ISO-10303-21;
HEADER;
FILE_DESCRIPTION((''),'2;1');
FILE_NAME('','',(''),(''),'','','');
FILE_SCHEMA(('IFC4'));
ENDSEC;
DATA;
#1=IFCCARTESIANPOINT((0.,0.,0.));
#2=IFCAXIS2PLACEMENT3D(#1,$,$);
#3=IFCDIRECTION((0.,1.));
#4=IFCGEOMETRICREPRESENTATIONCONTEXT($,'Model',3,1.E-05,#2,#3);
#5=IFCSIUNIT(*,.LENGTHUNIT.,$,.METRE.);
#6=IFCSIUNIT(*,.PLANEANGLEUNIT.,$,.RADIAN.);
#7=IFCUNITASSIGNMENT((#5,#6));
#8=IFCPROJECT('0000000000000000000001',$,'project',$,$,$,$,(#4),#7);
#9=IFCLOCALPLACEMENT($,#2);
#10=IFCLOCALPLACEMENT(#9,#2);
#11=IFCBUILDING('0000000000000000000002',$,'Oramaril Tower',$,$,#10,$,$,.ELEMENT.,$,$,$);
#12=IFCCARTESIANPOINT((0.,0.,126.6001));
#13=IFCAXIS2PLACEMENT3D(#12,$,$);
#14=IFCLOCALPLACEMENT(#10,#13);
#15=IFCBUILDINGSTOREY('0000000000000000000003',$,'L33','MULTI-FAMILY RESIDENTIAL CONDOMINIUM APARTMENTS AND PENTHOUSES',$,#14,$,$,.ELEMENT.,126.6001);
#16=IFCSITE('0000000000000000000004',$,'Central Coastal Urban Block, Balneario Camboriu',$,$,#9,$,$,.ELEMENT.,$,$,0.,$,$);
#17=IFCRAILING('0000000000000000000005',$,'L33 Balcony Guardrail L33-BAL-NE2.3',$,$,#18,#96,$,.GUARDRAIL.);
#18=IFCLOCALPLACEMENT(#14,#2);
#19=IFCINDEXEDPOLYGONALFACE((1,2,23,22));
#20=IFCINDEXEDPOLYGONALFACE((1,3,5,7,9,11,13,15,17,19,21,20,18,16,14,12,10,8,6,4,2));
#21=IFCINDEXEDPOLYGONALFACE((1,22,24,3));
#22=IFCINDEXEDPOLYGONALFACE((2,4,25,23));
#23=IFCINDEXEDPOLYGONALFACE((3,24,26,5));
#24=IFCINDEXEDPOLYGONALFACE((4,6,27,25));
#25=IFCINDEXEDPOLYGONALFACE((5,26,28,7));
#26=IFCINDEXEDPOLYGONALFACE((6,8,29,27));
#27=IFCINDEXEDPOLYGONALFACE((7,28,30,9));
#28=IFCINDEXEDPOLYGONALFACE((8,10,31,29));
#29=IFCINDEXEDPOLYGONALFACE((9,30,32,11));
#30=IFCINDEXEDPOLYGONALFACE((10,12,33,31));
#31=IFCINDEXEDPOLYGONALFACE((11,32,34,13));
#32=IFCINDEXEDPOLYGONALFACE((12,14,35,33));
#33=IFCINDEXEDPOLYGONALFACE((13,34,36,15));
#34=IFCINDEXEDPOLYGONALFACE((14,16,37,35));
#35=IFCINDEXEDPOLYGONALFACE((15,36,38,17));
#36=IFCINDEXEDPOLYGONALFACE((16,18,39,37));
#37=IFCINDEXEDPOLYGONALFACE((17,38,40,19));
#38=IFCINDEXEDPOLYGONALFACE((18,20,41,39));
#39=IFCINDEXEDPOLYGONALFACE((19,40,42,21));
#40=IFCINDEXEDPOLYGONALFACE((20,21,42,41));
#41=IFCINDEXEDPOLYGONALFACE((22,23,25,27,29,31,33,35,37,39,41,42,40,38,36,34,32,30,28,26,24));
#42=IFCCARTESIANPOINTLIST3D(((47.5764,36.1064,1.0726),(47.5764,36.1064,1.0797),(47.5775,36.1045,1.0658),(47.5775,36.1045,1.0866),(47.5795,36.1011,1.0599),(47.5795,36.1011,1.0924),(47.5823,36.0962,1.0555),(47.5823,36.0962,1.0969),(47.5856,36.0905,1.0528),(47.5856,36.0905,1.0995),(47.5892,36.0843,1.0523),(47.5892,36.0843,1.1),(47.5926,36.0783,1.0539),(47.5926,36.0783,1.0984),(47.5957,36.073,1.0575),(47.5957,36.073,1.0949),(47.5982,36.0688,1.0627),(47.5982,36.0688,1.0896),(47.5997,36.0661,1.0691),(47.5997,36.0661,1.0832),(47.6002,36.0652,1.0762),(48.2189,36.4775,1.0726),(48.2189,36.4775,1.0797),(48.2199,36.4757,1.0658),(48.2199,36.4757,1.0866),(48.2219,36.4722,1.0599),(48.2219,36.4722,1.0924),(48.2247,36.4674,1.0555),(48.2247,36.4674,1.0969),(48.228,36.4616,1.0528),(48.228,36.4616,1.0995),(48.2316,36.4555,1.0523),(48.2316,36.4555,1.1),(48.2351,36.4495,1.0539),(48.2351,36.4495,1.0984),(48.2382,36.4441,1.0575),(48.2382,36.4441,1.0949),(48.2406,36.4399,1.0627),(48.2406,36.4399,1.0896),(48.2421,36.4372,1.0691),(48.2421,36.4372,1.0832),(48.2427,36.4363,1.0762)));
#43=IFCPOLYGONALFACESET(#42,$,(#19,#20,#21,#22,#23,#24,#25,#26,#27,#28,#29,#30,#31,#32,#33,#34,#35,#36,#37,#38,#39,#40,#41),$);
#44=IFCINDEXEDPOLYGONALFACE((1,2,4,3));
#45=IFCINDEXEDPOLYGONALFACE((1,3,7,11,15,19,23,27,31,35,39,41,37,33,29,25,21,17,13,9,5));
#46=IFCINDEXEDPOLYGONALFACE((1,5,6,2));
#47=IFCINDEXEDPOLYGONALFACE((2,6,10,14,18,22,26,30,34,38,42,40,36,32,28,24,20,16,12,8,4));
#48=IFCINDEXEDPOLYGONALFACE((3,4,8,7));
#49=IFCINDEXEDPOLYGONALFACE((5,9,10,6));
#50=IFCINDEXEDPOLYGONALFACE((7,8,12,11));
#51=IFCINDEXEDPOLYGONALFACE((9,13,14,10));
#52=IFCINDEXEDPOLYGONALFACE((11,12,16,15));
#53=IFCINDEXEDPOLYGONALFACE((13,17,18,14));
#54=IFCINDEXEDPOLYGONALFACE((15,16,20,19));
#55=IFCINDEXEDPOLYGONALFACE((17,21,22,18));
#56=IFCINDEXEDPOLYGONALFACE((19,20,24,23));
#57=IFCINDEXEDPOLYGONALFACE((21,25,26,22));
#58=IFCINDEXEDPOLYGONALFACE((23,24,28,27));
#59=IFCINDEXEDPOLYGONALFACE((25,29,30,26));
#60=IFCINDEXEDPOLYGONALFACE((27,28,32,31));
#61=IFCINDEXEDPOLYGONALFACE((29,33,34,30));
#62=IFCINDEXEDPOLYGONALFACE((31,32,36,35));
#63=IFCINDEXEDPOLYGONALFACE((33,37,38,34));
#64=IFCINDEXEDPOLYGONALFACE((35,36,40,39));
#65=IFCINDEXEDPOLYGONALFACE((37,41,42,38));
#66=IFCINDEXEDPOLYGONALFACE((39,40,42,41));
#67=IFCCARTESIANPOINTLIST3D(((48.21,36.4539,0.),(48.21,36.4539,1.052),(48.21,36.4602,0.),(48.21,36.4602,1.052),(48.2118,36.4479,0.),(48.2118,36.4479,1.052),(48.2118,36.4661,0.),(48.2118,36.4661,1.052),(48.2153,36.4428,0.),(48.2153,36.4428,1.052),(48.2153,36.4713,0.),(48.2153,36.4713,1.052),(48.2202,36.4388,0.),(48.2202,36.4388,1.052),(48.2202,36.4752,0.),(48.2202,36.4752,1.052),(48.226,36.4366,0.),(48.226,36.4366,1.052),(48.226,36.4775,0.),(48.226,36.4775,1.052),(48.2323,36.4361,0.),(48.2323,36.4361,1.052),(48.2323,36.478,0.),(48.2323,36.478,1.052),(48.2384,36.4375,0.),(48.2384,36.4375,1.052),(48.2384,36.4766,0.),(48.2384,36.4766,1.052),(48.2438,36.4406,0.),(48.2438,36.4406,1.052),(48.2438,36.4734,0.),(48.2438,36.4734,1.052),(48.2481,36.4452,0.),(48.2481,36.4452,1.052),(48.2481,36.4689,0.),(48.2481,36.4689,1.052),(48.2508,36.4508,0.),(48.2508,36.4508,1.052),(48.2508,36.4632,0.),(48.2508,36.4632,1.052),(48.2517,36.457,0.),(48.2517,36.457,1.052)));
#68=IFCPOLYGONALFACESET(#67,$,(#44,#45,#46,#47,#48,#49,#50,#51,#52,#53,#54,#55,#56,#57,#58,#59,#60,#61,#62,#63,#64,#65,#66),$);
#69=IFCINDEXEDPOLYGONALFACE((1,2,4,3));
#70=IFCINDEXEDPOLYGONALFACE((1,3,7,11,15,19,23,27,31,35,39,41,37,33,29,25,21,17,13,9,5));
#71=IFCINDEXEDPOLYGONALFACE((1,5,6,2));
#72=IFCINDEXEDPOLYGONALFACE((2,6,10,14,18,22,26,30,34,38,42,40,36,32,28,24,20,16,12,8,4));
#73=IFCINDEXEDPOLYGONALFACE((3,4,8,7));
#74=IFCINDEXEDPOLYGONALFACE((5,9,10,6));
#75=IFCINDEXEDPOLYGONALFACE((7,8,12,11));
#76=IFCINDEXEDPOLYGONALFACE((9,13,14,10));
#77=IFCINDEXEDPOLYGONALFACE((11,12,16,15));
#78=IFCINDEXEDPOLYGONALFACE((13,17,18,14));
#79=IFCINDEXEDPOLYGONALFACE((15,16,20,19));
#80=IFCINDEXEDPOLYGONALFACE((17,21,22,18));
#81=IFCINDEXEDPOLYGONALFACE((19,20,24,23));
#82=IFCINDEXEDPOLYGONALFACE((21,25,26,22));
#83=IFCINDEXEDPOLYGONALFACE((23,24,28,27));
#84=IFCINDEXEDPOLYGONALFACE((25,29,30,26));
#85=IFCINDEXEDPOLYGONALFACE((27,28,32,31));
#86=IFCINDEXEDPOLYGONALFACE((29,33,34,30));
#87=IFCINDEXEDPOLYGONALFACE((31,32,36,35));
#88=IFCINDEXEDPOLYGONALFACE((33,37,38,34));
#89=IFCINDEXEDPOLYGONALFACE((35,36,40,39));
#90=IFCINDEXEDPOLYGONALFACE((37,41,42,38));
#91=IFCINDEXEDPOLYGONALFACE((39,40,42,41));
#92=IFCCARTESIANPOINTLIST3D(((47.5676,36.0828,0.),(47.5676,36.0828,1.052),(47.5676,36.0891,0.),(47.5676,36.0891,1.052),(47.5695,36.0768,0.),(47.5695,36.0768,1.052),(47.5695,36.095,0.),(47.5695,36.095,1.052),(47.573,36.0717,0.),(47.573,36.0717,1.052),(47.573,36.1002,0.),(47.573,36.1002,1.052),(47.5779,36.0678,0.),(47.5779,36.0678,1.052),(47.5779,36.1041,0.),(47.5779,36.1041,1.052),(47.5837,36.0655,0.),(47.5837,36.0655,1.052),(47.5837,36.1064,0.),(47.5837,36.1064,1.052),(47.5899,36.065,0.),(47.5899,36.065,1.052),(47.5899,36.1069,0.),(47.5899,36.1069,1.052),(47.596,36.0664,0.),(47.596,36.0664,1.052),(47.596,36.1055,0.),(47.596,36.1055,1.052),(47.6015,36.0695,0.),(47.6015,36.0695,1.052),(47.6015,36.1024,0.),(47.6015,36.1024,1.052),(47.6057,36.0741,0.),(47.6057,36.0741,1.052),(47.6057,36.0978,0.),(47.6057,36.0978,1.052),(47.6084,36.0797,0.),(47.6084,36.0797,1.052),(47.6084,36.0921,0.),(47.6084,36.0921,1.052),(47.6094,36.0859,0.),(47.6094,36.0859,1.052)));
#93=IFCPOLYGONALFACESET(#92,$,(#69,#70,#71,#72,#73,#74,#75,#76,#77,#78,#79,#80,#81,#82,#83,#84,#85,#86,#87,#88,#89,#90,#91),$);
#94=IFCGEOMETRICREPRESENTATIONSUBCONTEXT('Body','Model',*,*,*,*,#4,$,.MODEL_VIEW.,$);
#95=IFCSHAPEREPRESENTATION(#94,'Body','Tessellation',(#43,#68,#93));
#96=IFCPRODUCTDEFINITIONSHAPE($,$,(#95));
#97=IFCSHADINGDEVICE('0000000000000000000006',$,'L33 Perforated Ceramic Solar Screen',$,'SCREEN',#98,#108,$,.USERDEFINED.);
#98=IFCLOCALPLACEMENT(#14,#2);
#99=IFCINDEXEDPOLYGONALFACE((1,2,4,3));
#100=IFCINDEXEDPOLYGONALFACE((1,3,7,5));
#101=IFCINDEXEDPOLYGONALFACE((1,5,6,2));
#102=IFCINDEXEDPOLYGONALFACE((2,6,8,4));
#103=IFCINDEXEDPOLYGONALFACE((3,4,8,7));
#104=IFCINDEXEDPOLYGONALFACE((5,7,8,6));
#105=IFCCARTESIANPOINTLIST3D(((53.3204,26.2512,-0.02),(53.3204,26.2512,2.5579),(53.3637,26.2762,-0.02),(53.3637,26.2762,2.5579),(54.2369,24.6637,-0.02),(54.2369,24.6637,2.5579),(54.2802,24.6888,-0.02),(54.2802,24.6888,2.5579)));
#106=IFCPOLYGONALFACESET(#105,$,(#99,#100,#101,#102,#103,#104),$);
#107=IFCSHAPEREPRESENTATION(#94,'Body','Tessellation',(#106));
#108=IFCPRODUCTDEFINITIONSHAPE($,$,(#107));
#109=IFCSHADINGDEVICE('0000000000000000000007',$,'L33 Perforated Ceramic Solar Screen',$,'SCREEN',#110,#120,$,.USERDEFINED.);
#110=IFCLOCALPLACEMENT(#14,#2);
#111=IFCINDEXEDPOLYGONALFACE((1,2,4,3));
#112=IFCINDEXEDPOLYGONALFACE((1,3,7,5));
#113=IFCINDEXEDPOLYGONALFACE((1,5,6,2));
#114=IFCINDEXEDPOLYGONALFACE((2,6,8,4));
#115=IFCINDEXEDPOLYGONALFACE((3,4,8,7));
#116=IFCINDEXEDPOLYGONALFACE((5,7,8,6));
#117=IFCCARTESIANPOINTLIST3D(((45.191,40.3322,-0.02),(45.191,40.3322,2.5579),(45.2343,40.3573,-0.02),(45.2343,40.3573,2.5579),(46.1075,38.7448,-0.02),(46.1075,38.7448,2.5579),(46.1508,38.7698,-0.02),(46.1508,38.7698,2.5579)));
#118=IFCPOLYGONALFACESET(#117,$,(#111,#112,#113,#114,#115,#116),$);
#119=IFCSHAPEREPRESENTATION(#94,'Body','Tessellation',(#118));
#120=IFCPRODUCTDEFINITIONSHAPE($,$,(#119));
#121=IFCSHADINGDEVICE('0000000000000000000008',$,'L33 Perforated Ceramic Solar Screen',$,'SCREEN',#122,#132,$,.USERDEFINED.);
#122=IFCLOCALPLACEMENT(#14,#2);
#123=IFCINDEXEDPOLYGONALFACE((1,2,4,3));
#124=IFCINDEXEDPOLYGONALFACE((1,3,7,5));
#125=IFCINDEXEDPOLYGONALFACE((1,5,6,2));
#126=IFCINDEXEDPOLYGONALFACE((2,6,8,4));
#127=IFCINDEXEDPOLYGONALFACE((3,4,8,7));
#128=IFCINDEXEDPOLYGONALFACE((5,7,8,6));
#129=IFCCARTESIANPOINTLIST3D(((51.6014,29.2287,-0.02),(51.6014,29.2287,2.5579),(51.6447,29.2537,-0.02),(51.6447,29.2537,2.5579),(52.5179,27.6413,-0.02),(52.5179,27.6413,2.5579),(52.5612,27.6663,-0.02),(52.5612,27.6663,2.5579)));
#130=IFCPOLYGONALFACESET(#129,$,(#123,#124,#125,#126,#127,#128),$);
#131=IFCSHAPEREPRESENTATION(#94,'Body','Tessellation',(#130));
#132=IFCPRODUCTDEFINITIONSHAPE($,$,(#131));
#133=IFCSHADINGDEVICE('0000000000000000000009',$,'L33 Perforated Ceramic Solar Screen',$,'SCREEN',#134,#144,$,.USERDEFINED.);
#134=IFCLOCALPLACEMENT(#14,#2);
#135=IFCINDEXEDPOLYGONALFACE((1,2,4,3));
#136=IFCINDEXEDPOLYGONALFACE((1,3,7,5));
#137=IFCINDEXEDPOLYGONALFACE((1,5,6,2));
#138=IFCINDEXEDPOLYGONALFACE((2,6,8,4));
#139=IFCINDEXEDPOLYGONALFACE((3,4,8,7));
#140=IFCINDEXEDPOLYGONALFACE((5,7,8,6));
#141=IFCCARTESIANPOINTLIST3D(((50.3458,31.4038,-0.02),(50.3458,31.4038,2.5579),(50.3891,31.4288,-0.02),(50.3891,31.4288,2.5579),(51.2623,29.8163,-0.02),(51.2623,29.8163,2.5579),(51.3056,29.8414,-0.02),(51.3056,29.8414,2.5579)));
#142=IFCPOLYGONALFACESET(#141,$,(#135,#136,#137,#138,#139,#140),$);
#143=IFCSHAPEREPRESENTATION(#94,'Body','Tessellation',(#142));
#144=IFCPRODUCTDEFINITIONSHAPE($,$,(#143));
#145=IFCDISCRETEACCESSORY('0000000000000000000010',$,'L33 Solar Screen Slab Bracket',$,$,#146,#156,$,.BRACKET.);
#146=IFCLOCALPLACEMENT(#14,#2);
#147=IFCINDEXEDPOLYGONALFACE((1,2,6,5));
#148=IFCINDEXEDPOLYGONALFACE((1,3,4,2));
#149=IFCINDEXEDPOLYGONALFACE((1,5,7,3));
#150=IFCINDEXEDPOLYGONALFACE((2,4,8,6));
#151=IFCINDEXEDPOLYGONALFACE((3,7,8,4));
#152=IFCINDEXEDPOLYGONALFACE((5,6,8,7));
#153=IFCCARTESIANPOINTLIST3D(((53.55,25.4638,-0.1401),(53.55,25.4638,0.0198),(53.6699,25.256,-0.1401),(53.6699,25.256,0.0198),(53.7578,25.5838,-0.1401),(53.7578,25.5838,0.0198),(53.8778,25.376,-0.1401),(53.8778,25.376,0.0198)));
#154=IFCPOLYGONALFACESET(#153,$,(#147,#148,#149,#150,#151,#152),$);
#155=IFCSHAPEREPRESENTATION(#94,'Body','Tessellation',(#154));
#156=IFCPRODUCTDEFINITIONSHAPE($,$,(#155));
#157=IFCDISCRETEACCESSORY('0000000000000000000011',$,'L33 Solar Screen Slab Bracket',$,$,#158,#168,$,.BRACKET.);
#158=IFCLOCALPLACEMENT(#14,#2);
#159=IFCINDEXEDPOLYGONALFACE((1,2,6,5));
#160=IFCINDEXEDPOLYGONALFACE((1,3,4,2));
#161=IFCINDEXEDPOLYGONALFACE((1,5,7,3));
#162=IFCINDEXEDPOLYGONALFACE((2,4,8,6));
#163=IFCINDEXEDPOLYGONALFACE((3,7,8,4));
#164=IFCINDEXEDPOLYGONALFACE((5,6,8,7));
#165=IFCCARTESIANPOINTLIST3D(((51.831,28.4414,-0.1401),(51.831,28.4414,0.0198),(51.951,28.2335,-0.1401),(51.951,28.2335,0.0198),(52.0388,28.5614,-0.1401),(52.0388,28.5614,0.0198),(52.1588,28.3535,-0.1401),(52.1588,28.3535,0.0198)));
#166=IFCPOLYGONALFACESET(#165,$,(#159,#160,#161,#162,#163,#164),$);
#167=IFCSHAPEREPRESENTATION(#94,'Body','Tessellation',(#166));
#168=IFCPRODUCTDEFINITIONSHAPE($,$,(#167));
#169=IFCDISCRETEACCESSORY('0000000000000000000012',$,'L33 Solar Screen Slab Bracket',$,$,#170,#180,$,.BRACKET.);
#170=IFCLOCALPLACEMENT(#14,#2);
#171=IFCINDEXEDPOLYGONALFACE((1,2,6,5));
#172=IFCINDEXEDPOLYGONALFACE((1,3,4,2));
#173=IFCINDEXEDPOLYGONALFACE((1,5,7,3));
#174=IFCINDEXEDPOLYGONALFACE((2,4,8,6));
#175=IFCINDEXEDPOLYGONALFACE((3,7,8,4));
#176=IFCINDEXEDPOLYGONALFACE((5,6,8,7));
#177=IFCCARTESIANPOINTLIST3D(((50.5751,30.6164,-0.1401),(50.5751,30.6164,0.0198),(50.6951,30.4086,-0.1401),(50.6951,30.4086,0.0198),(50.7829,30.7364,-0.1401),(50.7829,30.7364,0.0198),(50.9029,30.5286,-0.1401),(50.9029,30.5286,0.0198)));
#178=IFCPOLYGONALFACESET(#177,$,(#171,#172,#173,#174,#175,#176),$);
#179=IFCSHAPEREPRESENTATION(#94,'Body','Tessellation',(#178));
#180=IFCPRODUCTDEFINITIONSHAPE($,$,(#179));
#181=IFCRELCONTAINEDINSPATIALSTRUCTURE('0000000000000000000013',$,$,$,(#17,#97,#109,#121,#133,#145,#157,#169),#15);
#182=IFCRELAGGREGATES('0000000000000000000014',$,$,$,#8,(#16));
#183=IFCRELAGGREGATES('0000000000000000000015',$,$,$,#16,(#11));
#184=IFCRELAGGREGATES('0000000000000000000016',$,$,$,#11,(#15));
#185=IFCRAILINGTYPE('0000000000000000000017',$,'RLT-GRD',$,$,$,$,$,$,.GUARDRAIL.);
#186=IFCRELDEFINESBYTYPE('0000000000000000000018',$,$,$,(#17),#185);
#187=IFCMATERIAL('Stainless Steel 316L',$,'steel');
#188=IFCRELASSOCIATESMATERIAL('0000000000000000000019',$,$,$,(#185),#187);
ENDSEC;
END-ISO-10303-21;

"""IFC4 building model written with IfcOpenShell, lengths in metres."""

from ifc_helpers import new_model, si_unit, direction, frame, origin, origin_2d, place, context, subcontext, project, spatial, rectangle, circle, extrude, material, type_object, element, save


model = new_model("IFC4")

# Units and contexts
model_context = context("Model", 3, precision=1e-05, world=origin(), true_north=direction((0.0, 1.0)))
body_context = subcontext(model_context, "Body", "Model", "MODEL_VIEW")
ifc_project = project(units=[si_unit("LENGTHUNIT", "METRE"), si_unit("PLANEANGLEUNIT", "RADIAN")], contexts=[model_context])

# Site, building, storey
site_placement = place(None, origin())
site = spatial("IfcSite", under=ifc_project, at=site_placement, Name="Central Coastal Urban Block, Balneario Camboriu", CompositionType="ELEMENT", RefElevation=0.0)
building_placement = place(site_placement, origin())
building = spatial("IfcBuilding", under=site, at=building_placement, Name="Oramaril Tower", CompositionType="ELEMENT")
storey_placement = place(building_placement, frame((0.0, 0.0, 126.6001)))
storey = spatial("IfcBuildingStorey", under=building, at=storey_placement, Name="L33", Description="MULTI-FAMILY RESIDENTIAL CONDOMINIUM APARTMENTS AND PENTHOUSES", CompositionType="ELEMENT", Elevation=126.6001)

# Railing
ifc_material_1 = material(Name="Stainless Steel 316L", Category="steel")
railing_type = type_object("IfcRailingType", Name="RLT-GRD", PredefinedType="GUARDRAIL", material=ifc_material_1)
railing_1_placement = place(storey_placement, frame((48.2307, 36.457, 0.0)))
element("IfcRailing", 1, at=railing_1_placement, inside=storey, type_object=railing_type, Name="L33 Balcony Guardrail L33-BAL-NE2.3", PredefinedType="GUARDRAIL", context=body_context, shape_type="SweptSolid", body=[
    extrude(circle(Radius=0.0239, at=origin_2d()), frame((0.0, 0.0, 1.0762), z_axis=(-0.865884, -0.500245, 0.0), x_axis=(0.500245, -0.865884, 0.0)), (0.0, 0.0, 1.0), 0.7419),
    extrude(circle(Radius=0.021, at=origin_2d()), origin(), (0.0, 0.0, 1.0), 1.052),
    extrude(circle(Radius=0.021, at=origin_2d()), frame((-0.6423, -0.3711, 0.0)), (0.0, 0.0, 1.0), 1.052),
])

# Shading devices
for number, where, z_axis, x_axis, name in (
    (2, (53.8003, 25.47, -0.02), (0.0, 0.0, 1.0), (-0.499998, 0.866026, 0.0), "L33 Perforated Ceramic Solar Screen"),
    (3, (45.6709, 39.551, -0.02), (0.0, 0.0, 1.0), (-0.499998, 0.866026, 0.0), "L33 Perforated Ceramic Solar Screen"),
    (4, (52.0813, 28.4475, -0.02), (0.0, 0.0, 1.0), (-0.499998, 0.866026, 0.0), "L33 Perforated Ceramic Solar Screen"),
    (5, (50.8257, 30.6226, -0.02), (0.0, 0.0, 1.0), (-0.499998, 0.866026, 0.0), "L33 Perforated Ceramic Solar Screen"),
):
    element("IfcShadingDevice", number, at=place(storey_placement, frame(where, z_axis=z_axis, x_axis=x_axis)), inside=storey, Name=name, ObjectType="SCREEN", PredefinedType="USERDEFINED", context=body_context, shape_type="SweptSolid", body=[
        extrude(rectangle(XDim=1.833, YDim=0.05, at=origin_2d()), origin(), (0.0, 0.0, 1.0), 2.5779),
    ])

# Discrete accessories
for number, where, z_axis, x_axis, name in (
    (6, (53.7139, 25.4199, -0.1401), (0.0, 0.0, 1.0), (-0.499998, 0.866026, 0.0), "L33 Solar Screen Slab Bracket"),
    (7, (51.9949, 28.3975, -0.1401), (0.0, 0.0, 1.0), (-0.499998, 0.866026, 0.0), "L33 Solar Screen Slab Bracket"),
    (8, (50.739, 30.5725, -0.1401), (0.0, 0.0, 1.0), (-0.499998, 0.866026, 0.0), "L33 Solar Screen Slab Bracket"),
):
    element("IfcDiscreteAccessory", number, at=place(storey_placement, frame(where, z_axis=z_axis, x_axis=x_axis)), inside=storey, Name=name, PredefinedType="BRACKET", context=body_context, shape_type="SweptSolid", body=[
        extrude(rectangle(XDim=0.24, YDim=0.24, at=origin_2d()), origin(), (0.0, 0.0, 1.0), 0.1599),
    ])

save(model, "model.ifc")
